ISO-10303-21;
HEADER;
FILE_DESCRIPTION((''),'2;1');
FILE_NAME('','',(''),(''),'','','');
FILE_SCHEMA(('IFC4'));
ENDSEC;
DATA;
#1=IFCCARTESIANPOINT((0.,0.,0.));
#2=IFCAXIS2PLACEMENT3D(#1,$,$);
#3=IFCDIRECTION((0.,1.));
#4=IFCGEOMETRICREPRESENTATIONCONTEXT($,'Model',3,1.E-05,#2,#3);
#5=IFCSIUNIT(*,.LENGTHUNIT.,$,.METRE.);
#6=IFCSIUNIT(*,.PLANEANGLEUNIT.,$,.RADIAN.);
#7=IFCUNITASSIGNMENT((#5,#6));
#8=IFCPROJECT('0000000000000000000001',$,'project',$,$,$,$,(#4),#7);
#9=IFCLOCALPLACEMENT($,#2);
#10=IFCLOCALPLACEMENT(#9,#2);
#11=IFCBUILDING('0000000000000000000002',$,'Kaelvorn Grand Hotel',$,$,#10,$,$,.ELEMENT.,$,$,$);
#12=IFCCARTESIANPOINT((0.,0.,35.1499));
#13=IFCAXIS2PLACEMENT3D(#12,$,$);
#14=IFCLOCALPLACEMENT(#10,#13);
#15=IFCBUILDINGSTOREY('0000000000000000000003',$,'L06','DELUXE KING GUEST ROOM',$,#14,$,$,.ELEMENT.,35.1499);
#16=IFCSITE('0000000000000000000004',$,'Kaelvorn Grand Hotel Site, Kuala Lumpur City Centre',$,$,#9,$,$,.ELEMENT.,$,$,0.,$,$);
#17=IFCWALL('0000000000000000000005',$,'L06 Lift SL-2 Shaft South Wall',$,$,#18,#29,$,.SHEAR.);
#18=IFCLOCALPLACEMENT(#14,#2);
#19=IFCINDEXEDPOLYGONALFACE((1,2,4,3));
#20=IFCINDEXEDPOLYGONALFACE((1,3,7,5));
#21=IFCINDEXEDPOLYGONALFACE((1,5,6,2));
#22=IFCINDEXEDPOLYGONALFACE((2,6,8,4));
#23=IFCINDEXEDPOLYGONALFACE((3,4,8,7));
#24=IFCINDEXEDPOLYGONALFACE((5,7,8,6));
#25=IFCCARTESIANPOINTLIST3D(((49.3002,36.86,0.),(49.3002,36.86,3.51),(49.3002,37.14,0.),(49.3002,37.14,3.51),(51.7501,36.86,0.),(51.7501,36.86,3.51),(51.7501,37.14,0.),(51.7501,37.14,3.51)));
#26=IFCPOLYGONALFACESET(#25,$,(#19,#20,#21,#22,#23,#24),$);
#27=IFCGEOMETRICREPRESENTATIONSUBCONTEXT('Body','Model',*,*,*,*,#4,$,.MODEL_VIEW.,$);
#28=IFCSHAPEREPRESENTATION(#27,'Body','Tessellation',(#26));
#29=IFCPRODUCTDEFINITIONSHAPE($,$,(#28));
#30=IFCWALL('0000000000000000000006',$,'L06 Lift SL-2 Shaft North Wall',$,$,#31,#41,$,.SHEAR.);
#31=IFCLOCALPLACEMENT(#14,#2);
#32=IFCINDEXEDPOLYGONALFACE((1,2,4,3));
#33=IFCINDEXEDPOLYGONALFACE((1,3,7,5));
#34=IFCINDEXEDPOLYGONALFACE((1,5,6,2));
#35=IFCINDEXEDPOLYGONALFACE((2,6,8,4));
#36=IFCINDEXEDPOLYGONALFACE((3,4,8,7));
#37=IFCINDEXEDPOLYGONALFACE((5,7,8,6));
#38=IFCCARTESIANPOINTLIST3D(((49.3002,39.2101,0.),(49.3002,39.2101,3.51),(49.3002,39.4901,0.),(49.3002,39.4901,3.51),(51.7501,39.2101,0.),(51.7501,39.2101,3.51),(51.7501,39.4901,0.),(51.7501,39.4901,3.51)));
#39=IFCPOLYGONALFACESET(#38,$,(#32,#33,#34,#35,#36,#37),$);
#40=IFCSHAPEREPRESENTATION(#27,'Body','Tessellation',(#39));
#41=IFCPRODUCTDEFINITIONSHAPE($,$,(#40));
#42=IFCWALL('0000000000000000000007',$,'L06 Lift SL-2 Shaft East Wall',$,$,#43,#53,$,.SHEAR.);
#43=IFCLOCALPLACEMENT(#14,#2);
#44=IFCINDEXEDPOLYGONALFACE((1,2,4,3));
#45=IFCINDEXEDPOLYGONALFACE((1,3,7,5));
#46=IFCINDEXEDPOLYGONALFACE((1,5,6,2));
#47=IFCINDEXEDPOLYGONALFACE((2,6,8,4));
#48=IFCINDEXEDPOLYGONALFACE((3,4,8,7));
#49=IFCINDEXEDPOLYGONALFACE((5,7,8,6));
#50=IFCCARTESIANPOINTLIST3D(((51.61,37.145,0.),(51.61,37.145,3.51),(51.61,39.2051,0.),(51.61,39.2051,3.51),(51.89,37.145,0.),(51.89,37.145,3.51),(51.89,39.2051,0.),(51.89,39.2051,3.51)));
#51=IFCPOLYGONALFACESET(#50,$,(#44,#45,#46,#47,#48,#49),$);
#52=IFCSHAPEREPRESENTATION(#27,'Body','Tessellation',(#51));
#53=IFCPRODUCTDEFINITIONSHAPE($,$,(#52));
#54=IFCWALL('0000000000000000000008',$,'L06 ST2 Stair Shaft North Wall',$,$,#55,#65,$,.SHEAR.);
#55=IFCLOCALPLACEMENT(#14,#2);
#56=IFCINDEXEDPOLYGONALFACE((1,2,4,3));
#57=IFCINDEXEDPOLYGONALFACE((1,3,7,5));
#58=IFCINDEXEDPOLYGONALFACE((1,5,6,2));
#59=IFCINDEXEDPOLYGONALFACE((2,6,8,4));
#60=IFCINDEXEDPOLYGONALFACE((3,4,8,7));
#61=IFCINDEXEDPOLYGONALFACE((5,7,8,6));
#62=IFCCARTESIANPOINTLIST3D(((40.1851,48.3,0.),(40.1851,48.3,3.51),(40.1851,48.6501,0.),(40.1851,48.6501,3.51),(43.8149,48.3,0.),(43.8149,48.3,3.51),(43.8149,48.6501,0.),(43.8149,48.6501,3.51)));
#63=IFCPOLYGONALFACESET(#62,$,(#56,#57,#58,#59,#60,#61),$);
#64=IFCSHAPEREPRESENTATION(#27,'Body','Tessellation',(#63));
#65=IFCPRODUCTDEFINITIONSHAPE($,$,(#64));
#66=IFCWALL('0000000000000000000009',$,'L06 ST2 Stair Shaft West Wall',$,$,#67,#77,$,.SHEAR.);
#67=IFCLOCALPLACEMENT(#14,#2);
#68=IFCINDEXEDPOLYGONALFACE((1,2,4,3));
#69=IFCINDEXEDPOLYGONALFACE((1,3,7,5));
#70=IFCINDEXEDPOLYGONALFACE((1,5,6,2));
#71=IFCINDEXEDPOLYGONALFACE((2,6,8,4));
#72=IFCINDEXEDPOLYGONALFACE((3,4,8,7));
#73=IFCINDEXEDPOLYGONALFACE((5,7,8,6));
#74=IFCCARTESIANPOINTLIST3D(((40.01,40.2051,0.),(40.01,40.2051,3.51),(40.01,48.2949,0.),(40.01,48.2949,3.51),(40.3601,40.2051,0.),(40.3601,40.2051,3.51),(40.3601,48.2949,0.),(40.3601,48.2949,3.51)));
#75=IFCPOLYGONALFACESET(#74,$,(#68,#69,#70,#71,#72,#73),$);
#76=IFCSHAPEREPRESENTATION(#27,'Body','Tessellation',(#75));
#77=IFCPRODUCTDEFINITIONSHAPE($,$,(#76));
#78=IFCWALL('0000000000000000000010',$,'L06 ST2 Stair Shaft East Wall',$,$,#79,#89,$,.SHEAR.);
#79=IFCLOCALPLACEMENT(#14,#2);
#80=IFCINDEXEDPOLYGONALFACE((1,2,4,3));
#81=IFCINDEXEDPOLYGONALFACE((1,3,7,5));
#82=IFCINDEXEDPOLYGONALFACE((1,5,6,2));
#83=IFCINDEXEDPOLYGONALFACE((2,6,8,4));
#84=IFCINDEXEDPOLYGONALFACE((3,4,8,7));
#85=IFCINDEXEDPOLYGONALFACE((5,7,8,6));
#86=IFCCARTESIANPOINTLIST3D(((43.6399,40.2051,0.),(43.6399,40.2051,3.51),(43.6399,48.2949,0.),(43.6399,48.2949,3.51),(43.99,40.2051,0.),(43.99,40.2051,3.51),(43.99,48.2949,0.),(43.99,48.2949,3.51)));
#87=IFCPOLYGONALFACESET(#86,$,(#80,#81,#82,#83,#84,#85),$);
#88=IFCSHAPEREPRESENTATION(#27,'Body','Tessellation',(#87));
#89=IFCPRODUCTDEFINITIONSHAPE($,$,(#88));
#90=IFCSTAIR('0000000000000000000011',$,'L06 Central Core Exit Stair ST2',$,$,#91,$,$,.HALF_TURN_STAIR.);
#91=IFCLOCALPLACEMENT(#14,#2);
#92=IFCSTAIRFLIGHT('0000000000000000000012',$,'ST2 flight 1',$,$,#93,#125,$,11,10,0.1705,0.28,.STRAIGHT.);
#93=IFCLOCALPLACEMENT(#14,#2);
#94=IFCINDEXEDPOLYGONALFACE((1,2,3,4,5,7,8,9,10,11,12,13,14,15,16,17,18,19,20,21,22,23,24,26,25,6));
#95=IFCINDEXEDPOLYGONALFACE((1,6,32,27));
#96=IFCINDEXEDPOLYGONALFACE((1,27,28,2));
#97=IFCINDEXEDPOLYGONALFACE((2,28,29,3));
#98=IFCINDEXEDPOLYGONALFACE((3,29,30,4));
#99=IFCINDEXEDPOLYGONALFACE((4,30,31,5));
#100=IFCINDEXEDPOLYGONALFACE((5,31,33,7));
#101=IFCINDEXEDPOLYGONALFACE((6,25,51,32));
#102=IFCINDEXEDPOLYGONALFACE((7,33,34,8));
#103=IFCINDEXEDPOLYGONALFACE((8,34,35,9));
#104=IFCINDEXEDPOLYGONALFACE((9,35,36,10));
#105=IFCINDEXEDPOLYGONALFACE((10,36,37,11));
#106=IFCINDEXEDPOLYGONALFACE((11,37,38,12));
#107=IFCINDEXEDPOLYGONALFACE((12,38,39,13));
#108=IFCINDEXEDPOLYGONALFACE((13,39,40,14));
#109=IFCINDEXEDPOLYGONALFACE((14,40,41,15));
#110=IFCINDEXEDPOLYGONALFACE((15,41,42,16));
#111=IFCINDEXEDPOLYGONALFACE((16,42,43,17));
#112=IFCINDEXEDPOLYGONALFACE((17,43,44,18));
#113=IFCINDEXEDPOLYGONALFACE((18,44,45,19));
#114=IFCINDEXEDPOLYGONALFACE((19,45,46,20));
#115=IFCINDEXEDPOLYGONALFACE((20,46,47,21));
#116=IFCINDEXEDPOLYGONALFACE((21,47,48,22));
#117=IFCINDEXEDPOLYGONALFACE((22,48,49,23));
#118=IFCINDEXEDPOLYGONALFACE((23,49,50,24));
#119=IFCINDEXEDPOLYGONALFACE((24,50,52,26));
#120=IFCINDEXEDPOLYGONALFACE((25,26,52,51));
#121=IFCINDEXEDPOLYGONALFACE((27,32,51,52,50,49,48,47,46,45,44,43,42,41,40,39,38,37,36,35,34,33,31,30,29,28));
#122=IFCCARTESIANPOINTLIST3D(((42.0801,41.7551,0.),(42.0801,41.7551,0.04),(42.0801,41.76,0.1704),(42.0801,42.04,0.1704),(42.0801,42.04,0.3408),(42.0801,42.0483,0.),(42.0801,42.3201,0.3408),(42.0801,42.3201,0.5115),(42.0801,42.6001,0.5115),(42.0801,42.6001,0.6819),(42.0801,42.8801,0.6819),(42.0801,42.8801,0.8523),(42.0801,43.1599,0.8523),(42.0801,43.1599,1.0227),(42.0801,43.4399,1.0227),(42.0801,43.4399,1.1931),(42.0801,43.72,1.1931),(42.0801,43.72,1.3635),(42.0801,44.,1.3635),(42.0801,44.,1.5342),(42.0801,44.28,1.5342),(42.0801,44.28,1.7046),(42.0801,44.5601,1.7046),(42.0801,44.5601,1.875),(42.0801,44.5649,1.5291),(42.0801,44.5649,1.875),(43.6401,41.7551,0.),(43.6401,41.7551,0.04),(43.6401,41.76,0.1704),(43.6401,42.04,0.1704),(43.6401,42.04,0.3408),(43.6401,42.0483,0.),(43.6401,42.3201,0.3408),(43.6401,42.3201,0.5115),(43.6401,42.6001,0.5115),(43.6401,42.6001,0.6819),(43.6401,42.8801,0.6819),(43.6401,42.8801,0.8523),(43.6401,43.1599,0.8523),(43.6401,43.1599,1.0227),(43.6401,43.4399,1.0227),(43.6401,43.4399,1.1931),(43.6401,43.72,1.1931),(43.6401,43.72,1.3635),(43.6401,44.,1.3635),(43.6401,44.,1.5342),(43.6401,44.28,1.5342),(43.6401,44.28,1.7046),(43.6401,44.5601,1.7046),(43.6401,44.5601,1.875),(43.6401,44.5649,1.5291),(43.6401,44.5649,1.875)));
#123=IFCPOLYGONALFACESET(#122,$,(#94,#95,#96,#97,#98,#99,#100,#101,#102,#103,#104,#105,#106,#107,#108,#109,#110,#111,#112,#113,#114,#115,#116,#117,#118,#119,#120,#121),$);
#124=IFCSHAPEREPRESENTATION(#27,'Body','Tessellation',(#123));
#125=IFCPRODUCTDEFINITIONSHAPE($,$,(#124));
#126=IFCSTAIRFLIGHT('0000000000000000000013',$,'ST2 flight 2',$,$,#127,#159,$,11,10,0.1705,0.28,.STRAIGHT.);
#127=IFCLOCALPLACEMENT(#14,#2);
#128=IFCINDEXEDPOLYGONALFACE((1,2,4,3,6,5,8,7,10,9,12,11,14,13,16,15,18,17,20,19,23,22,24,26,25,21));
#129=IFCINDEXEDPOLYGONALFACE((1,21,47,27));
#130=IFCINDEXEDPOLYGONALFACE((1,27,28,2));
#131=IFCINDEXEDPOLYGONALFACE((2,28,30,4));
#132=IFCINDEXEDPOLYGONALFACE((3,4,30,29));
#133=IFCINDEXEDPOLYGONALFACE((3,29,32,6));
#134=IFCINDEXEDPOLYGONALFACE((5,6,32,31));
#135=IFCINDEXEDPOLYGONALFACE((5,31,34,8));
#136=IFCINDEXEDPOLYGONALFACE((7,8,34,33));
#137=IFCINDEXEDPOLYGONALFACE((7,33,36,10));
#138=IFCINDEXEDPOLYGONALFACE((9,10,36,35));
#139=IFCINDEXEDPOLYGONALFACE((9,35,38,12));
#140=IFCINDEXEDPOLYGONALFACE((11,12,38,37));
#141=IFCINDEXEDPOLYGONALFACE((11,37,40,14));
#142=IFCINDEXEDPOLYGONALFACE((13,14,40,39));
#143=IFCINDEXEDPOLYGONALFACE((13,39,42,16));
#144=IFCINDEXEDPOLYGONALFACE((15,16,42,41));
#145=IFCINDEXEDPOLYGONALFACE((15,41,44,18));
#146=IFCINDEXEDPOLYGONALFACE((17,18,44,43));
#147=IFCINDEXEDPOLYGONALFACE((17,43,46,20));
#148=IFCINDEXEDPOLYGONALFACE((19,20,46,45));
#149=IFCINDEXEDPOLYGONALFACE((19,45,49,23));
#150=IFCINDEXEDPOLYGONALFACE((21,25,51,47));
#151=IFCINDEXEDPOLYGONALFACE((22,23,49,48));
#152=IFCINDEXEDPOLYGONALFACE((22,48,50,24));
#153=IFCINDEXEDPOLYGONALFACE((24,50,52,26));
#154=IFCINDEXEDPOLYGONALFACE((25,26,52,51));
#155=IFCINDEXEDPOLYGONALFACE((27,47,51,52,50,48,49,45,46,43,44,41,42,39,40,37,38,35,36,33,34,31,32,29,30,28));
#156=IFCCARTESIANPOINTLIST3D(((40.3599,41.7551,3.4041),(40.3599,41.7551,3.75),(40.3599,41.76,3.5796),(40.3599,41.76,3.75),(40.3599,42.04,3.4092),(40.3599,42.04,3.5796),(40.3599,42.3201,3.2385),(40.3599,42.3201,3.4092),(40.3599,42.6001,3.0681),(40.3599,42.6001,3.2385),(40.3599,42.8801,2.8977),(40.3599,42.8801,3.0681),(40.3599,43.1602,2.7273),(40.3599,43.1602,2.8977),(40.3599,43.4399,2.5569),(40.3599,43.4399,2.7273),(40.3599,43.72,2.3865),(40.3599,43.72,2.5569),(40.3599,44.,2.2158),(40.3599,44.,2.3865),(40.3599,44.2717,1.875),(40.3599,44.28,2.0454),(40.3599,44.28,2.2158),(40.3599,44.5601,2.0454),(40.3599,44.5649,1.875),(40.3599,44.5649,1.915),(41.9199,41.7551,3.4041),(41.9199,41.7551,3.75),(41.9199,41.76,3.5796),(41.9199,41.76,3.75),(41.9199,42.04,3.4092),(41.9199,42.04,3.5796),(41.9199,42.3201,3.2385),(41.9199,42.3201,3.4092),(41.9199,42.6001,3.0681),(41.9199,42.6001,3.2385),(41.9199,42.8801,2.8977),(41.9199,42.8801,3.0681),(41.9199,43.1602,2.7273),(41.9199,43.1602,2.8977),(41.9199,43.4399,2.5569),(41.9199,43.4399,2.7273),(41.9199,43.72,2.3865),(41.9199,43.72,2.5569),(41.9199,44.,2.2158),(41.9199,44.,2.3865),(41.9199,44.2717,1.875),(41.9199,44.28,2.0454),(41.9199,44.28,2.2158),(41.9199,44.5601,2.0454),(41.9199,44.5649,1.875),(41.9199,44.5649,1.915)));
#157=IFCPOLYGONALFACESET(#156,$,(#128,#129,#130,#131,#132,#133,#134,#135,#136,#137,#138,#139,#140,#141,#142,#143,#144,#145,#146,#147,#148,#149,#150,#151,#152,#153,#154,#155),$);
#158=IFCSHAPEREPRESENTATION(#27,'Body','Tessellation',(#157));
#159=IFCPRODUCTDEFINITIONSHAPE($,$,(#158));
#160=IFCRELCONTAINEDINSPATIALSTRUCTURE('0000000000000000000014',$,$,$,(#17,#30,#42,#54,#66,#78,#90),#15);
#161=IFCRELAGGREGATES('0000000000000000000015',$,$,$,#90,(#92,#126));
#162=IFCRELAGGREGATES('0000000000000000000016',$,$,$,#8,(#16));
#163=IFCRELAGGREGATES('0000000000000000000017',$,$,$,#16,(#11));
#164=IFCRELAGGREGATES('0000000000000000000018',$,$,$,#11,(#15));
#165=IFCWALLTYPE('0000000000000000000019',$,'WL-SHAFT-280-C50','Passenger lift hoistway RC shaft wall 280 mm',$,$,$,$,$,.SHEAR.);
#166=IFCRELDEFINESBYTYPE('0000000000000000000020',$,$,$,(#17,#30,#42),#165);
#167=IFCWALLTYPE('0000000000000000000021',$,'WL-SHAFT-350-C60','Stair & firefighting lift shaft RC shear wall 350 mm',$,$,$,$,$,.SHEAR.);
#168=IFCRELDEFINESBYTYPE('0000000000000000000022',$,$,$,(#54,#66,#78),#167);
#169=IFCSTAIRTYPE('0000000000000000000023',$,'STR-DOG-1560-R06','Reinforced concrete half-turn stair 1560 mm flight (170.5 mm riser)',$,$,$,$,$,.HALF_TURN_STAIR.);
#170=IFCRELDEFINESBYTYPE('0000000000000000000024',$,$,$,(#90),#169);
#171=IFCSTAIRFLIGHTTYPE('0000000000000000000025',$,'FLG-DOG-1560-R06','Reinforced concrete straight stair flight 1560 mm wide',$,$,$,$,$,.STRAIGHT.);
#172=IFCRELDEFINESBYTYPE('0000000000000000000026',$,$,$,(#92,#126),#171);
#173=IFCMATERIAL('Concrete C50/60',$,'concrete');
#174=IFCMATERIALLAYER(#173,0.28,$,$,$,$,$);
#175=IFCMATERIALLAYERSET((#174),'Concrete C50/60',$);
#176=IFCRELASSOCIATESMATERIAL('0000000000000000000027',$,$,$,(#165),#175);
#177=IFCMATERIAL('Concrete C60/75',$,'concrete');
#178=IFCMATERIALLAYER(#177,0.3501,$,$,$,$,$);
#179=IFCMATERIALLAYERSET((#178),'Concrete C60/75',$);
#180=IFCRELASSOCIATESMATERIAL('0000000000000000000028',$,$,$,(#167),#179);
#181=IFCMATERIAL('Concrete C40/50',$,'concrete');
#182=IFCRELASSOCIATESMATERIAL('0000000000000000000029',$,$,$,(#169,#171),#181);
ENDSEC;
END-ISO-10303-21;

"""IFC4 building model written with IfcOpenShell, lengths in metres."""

from ifc_helpers import new_model, si_unit, direction, frame, frame_2d, origin, place, context, subcontext, project, spatial, polyline, rectangle, outline, extrude, material, layer, layer_set, type_object, element, aggregate, save


model = new_model("IFC4")

# Units and contexts
model_context = context("Model", 3, precision=1e-05, world=origin(), true_north=direction((0.0, 1.0)))
body_context = subcontext(model_context, "Body", "Model", "MODEL_VIEW")
ifc_project = project(units=[si_unit("LENGTHUNIT", "METRE"), si_unit("PLANEANGLEUNIT", "RADIAN")], contexts=[model_context])

# Site, building, storey
site_placement = place(None, origin())
site = spatial("IfcSite", under=ifc_project, at=site_placement, Name="Kaelvorn Grand Hotel Site, Kuala Lumpur City Centre", CompositionType="ELEMENT", RefElevation=0.0)
building_placement = place(site_placement, origin())
building = spatial("IfcBuilding", under=site, at=building_placement, Name="Kaelvorn Grand Hotel", CompositionType="ELEMENT")
storey_placement = place(building_placement, frame((0.0, 0.0, 35.1499)))
storey = spatial("IfcBuildingStorey", under=building, at=storey_placement, Name="L06", Description="DELUXE KING GUEST ROOM", CompositionType="ELEMENT", Elevation=35.1499)

# Shared definitions
ifc_material_1 = material(Name="Concrete C60/75", Category="concrete")

# Walls
ifc_material_2 = material(Name="Concrete C40/50", Category="concrete")
ifc_material_3 = material(Name="Concrete C50/60", Category="concrete")
ifc_layer_1 = layer(ifc_material_3, 0.28)
ifc_layer_set_1 = layer_set([ifc_layer_1], Name="Concrete C50/60")
wall_type_1 = type_object("IfcWallType", Name="WL-SHAFT-280-C50", Description="Passenger lift hoistway RC shaft wall 280 mm", PredefinedType="SHEAR", material=ifc_layer_set_1)
for number, where, z_axis, x_axis, name in (
    (1, (49.3, 37.0, 0.0), (0.0, 0.0, 1.0), (1.0, 0.0, 0.0), "L06 Lift SL-2 Shaft South Wall"),
    (2, (49.3, 39.3501, 0.0), (0.0, 0.0, 1.0), (1.0, 0.0, 0.0), "L06 Lift SL-2 Shaft North Wall"),
):
    element("IfcWall", number, at=place(storey_placement, frame(where, z_axis=z_axis, x_axis=x_axis)), inside=storey, type_object=wall_type_1, Name=name, PredefinedType="SHEAR", context=body_context, shape_type="SweptSolid", body=[
        extrude(rectangle(XDim=2.45, YDim=0.28, at=frame_2d((1.2251, 0.0))), origin(), (0.0, 0.0, 1.0), 3.51),
    ])
wall_1_placement = place(storey_placement, frame((51.75, 37.145, 0.0), z_axis=(0.0, 0.0, 1.0), x_axis=(0.0, 1.0, 0.0)))
element("IfcWall", 3, at=wall_1_placement, inside=storey, type_object=wall_type_1, Name="L06 Lift SL-2 Shaft East Wall", PredefinedType="SHEAR", context=body_context, shape_type="SweptSolid", body=[
    extrude(rectangle(XDim=2.0601, YDim=0.28, at=frame_2d((1.03, 0.0))), origin(), (0.0, 0.0, 1.0), 3.51),
])

# Shared definitions
ifc_layer_2 = layer(ifc_material_1, 0.3501)
ifc_layer_set_2 = layer_set([ifc_layer_2], Name="Concrete C60/75")
wall_type_2 = type_object("IfcWallType", Name="WL-SHAFT-350-C60", Description="Stair & firefighting lift shaft RC shear wall 350 mm", PredefinedType="SHEAR", material=ifc_layer_set_2)

# Walls
wall_2_placement = place(storey_placement, frame((40.1851, 48.4751, 0.0), z_axis=(0.0, 0.0, 1.0), x_axis=(1.0, 0.0, 0.0)))
element("IfcWall", 4, at=wall_2_placement, inside=storey, type_object=wall_type_2, Name="L06 ST2 Stair Shaft North Wall", PredefinedType="SHEAR", context=body_context, shape_type="SweptSolid", body=[
    extrude(rectangle(XDim=3.6299, YDim=0.3501, at=frame_2d((1.8149, 0.0))), origin(), (0.0, 0.0, 1.0), 3.51),
])
for number, where, z_axis, x_axis, name in (
    (5, (40.1851, 40.2051, 0.0), (0.0, 0.0, 1.0), (0.0, 1.0, 0.0), "L06 ST2 Stair Shaft West Wall"),
    (6, (43.8149, 40.2051, 0.0), (0.0, 0.0, 1.0), (0.0, 1.0, 0.0), "L06 ST2 Stair Shaft East Wall"),
):
    element("IfcWall", number, at=place(storey_placement, frame(where, z_axis=z_axis, x_axis=x_axis)), inside=storey, type_object=wall_type_2, Name=name, PredefinedType="SHEAR", context=body_context, shape_type="SweptSolid", body=[
        extrude(rectangle(XDim=8.0898, YDim=0.3501, at=frame_2d((4.0449, 0.0))), origin(), (0.0, 0.0, 1.0), 3.51),
    ])

# Stair, stair flights
stair_type = type_object("IfcStairType", Name="STR-DOG-1560-R06", Description="Reinforced concrete half-turn stair 1560 mm flight (170.5 mm riser)", PredefinedType="HALF_TURN_STAIR", material=ifc_material_2)
stair_placement = place(storey_placement, origin())
stair = element("IfcStair", 7, at=stair_placement, inside=storey, type_object=stair_type, Name="L06 Central Core Exit Stair ST2", PredefinedType="HALF_TURN_STAIR")
stair_flight_type = type_object("IfcStairFlightType", Name="FLG-DOG-1560-R06", Description="Reinforced concrete straight stair flight 1560 mm wide", PredefinedType="STRAIGHT", material=ifc_material_2)
stair_flight_1_placement = place(storey_placement, frame((42.8601, 41.76, 0.0), z_axis=(0.0, 0.0, 1.0), x_axis=(0.0, 1.0, 0.0)))
stair_flight_1 = element("IfcStairFlight", 8, at=stair_flight_1_placement, type_object=stair_flight_type, Name="ST2 flight 1", NumberOfRisers=11, NumberOfTreads=10, PredefinedType="STRAIGHT", RiserHeight=0.1705, TreadLength=0.28, context=body_context, shape_type="SweptSolid", body=[
    extrude(outline(polyline([(-0.0049, 0.0), (-0.0049, 0.04), (0.0, 0.1704), (0.28, 0.1704), (0.28, 0.3408), (0.5601, 0.3408), (0.5601, 0.5115), (0.8401, 0.5115), (0.8401, 0.6819), (1.1201, 0.6819), (1.1201, 0.8523), (1.3999, 0.8523), (1.3999, 1.0227), (1.6799, 1.0227), (1.6799, 1.1931), (1.96, 1.1931), (1.96, 1.3635), (2.24, 1.3635), (2.24, 1.5342), (2.52, 1.5342), (2.52, 1.7046), (2.8, 1.7046), (2.8, 1.875), (2.8049, 1.875), (2.8049, 1.5291), (0.2883, 0.0), (-0.0049, 0.0)])), frame((0.0, 0.78, 0.0), z_axis=(0.0, -1.0, 0.0), x_axis=(1.0, 0.0, 0.0)), (0.0, 0.0, 1.0), 1.5601),
])
stair_flight_2_placement = place(storey_placement, frame((41.1399, 44.5601, 1.875), z_axis=(0.0, 0.0, 1.0), x_axis=(0.0, -1.0, 0.0)))
stair_flight_2 = element("IfcStairFlight", 9, at=stair_flight_2_placement, type_object=stair_flight_type, Name="ST2 flight 2", NumberOfRisers=11, NumberOfTreads=10, PredefinedType="STRAIGHT", RiserHeight=0.1705, TreadLength=0.28, context=body_context, shape_type="SweptSolid", body=[
    extrude(outline(polyline([(-0.0049, 0.0), (-0.0049, 0.04), (0.0, 0.1704), (0.28, 0.1704), (0.28, 0.3408), (0.5601, 0.3408), (0.5601, 0.5115), (0.8401, 0.5115), (0.8401, 0.6819), (1.1201, 0.6819), (1.1201, 0.8523), (1.3999, 0.8523), (1.3999, 1.0227), (1.6799, 1.0227), (1.6799, 1.1931), (1.96, 1.1931), (1.96, 1.3635), (2.24, 1.3635), (2.24, 1.5342), (2.52, 1.5342), (2.52, 1.7046), (2.8, 1.7046), (2.8, 1.875), (2.8049, 1.875), (2.8049, 1.5291), (0.2883, 0.0), (-0.0049, 0.0)])), frame((0.0, 0.78, 0.0), z_axis=(0.0, -1.0, 0.0), x_axis=(1.0, 0.0, 0.0)), (0.0, 0.0, 1.0), 1.5601),
])
aggregate(stair, [stair_flight_1, stair_flight_2])

save(model, "model.ifc")
